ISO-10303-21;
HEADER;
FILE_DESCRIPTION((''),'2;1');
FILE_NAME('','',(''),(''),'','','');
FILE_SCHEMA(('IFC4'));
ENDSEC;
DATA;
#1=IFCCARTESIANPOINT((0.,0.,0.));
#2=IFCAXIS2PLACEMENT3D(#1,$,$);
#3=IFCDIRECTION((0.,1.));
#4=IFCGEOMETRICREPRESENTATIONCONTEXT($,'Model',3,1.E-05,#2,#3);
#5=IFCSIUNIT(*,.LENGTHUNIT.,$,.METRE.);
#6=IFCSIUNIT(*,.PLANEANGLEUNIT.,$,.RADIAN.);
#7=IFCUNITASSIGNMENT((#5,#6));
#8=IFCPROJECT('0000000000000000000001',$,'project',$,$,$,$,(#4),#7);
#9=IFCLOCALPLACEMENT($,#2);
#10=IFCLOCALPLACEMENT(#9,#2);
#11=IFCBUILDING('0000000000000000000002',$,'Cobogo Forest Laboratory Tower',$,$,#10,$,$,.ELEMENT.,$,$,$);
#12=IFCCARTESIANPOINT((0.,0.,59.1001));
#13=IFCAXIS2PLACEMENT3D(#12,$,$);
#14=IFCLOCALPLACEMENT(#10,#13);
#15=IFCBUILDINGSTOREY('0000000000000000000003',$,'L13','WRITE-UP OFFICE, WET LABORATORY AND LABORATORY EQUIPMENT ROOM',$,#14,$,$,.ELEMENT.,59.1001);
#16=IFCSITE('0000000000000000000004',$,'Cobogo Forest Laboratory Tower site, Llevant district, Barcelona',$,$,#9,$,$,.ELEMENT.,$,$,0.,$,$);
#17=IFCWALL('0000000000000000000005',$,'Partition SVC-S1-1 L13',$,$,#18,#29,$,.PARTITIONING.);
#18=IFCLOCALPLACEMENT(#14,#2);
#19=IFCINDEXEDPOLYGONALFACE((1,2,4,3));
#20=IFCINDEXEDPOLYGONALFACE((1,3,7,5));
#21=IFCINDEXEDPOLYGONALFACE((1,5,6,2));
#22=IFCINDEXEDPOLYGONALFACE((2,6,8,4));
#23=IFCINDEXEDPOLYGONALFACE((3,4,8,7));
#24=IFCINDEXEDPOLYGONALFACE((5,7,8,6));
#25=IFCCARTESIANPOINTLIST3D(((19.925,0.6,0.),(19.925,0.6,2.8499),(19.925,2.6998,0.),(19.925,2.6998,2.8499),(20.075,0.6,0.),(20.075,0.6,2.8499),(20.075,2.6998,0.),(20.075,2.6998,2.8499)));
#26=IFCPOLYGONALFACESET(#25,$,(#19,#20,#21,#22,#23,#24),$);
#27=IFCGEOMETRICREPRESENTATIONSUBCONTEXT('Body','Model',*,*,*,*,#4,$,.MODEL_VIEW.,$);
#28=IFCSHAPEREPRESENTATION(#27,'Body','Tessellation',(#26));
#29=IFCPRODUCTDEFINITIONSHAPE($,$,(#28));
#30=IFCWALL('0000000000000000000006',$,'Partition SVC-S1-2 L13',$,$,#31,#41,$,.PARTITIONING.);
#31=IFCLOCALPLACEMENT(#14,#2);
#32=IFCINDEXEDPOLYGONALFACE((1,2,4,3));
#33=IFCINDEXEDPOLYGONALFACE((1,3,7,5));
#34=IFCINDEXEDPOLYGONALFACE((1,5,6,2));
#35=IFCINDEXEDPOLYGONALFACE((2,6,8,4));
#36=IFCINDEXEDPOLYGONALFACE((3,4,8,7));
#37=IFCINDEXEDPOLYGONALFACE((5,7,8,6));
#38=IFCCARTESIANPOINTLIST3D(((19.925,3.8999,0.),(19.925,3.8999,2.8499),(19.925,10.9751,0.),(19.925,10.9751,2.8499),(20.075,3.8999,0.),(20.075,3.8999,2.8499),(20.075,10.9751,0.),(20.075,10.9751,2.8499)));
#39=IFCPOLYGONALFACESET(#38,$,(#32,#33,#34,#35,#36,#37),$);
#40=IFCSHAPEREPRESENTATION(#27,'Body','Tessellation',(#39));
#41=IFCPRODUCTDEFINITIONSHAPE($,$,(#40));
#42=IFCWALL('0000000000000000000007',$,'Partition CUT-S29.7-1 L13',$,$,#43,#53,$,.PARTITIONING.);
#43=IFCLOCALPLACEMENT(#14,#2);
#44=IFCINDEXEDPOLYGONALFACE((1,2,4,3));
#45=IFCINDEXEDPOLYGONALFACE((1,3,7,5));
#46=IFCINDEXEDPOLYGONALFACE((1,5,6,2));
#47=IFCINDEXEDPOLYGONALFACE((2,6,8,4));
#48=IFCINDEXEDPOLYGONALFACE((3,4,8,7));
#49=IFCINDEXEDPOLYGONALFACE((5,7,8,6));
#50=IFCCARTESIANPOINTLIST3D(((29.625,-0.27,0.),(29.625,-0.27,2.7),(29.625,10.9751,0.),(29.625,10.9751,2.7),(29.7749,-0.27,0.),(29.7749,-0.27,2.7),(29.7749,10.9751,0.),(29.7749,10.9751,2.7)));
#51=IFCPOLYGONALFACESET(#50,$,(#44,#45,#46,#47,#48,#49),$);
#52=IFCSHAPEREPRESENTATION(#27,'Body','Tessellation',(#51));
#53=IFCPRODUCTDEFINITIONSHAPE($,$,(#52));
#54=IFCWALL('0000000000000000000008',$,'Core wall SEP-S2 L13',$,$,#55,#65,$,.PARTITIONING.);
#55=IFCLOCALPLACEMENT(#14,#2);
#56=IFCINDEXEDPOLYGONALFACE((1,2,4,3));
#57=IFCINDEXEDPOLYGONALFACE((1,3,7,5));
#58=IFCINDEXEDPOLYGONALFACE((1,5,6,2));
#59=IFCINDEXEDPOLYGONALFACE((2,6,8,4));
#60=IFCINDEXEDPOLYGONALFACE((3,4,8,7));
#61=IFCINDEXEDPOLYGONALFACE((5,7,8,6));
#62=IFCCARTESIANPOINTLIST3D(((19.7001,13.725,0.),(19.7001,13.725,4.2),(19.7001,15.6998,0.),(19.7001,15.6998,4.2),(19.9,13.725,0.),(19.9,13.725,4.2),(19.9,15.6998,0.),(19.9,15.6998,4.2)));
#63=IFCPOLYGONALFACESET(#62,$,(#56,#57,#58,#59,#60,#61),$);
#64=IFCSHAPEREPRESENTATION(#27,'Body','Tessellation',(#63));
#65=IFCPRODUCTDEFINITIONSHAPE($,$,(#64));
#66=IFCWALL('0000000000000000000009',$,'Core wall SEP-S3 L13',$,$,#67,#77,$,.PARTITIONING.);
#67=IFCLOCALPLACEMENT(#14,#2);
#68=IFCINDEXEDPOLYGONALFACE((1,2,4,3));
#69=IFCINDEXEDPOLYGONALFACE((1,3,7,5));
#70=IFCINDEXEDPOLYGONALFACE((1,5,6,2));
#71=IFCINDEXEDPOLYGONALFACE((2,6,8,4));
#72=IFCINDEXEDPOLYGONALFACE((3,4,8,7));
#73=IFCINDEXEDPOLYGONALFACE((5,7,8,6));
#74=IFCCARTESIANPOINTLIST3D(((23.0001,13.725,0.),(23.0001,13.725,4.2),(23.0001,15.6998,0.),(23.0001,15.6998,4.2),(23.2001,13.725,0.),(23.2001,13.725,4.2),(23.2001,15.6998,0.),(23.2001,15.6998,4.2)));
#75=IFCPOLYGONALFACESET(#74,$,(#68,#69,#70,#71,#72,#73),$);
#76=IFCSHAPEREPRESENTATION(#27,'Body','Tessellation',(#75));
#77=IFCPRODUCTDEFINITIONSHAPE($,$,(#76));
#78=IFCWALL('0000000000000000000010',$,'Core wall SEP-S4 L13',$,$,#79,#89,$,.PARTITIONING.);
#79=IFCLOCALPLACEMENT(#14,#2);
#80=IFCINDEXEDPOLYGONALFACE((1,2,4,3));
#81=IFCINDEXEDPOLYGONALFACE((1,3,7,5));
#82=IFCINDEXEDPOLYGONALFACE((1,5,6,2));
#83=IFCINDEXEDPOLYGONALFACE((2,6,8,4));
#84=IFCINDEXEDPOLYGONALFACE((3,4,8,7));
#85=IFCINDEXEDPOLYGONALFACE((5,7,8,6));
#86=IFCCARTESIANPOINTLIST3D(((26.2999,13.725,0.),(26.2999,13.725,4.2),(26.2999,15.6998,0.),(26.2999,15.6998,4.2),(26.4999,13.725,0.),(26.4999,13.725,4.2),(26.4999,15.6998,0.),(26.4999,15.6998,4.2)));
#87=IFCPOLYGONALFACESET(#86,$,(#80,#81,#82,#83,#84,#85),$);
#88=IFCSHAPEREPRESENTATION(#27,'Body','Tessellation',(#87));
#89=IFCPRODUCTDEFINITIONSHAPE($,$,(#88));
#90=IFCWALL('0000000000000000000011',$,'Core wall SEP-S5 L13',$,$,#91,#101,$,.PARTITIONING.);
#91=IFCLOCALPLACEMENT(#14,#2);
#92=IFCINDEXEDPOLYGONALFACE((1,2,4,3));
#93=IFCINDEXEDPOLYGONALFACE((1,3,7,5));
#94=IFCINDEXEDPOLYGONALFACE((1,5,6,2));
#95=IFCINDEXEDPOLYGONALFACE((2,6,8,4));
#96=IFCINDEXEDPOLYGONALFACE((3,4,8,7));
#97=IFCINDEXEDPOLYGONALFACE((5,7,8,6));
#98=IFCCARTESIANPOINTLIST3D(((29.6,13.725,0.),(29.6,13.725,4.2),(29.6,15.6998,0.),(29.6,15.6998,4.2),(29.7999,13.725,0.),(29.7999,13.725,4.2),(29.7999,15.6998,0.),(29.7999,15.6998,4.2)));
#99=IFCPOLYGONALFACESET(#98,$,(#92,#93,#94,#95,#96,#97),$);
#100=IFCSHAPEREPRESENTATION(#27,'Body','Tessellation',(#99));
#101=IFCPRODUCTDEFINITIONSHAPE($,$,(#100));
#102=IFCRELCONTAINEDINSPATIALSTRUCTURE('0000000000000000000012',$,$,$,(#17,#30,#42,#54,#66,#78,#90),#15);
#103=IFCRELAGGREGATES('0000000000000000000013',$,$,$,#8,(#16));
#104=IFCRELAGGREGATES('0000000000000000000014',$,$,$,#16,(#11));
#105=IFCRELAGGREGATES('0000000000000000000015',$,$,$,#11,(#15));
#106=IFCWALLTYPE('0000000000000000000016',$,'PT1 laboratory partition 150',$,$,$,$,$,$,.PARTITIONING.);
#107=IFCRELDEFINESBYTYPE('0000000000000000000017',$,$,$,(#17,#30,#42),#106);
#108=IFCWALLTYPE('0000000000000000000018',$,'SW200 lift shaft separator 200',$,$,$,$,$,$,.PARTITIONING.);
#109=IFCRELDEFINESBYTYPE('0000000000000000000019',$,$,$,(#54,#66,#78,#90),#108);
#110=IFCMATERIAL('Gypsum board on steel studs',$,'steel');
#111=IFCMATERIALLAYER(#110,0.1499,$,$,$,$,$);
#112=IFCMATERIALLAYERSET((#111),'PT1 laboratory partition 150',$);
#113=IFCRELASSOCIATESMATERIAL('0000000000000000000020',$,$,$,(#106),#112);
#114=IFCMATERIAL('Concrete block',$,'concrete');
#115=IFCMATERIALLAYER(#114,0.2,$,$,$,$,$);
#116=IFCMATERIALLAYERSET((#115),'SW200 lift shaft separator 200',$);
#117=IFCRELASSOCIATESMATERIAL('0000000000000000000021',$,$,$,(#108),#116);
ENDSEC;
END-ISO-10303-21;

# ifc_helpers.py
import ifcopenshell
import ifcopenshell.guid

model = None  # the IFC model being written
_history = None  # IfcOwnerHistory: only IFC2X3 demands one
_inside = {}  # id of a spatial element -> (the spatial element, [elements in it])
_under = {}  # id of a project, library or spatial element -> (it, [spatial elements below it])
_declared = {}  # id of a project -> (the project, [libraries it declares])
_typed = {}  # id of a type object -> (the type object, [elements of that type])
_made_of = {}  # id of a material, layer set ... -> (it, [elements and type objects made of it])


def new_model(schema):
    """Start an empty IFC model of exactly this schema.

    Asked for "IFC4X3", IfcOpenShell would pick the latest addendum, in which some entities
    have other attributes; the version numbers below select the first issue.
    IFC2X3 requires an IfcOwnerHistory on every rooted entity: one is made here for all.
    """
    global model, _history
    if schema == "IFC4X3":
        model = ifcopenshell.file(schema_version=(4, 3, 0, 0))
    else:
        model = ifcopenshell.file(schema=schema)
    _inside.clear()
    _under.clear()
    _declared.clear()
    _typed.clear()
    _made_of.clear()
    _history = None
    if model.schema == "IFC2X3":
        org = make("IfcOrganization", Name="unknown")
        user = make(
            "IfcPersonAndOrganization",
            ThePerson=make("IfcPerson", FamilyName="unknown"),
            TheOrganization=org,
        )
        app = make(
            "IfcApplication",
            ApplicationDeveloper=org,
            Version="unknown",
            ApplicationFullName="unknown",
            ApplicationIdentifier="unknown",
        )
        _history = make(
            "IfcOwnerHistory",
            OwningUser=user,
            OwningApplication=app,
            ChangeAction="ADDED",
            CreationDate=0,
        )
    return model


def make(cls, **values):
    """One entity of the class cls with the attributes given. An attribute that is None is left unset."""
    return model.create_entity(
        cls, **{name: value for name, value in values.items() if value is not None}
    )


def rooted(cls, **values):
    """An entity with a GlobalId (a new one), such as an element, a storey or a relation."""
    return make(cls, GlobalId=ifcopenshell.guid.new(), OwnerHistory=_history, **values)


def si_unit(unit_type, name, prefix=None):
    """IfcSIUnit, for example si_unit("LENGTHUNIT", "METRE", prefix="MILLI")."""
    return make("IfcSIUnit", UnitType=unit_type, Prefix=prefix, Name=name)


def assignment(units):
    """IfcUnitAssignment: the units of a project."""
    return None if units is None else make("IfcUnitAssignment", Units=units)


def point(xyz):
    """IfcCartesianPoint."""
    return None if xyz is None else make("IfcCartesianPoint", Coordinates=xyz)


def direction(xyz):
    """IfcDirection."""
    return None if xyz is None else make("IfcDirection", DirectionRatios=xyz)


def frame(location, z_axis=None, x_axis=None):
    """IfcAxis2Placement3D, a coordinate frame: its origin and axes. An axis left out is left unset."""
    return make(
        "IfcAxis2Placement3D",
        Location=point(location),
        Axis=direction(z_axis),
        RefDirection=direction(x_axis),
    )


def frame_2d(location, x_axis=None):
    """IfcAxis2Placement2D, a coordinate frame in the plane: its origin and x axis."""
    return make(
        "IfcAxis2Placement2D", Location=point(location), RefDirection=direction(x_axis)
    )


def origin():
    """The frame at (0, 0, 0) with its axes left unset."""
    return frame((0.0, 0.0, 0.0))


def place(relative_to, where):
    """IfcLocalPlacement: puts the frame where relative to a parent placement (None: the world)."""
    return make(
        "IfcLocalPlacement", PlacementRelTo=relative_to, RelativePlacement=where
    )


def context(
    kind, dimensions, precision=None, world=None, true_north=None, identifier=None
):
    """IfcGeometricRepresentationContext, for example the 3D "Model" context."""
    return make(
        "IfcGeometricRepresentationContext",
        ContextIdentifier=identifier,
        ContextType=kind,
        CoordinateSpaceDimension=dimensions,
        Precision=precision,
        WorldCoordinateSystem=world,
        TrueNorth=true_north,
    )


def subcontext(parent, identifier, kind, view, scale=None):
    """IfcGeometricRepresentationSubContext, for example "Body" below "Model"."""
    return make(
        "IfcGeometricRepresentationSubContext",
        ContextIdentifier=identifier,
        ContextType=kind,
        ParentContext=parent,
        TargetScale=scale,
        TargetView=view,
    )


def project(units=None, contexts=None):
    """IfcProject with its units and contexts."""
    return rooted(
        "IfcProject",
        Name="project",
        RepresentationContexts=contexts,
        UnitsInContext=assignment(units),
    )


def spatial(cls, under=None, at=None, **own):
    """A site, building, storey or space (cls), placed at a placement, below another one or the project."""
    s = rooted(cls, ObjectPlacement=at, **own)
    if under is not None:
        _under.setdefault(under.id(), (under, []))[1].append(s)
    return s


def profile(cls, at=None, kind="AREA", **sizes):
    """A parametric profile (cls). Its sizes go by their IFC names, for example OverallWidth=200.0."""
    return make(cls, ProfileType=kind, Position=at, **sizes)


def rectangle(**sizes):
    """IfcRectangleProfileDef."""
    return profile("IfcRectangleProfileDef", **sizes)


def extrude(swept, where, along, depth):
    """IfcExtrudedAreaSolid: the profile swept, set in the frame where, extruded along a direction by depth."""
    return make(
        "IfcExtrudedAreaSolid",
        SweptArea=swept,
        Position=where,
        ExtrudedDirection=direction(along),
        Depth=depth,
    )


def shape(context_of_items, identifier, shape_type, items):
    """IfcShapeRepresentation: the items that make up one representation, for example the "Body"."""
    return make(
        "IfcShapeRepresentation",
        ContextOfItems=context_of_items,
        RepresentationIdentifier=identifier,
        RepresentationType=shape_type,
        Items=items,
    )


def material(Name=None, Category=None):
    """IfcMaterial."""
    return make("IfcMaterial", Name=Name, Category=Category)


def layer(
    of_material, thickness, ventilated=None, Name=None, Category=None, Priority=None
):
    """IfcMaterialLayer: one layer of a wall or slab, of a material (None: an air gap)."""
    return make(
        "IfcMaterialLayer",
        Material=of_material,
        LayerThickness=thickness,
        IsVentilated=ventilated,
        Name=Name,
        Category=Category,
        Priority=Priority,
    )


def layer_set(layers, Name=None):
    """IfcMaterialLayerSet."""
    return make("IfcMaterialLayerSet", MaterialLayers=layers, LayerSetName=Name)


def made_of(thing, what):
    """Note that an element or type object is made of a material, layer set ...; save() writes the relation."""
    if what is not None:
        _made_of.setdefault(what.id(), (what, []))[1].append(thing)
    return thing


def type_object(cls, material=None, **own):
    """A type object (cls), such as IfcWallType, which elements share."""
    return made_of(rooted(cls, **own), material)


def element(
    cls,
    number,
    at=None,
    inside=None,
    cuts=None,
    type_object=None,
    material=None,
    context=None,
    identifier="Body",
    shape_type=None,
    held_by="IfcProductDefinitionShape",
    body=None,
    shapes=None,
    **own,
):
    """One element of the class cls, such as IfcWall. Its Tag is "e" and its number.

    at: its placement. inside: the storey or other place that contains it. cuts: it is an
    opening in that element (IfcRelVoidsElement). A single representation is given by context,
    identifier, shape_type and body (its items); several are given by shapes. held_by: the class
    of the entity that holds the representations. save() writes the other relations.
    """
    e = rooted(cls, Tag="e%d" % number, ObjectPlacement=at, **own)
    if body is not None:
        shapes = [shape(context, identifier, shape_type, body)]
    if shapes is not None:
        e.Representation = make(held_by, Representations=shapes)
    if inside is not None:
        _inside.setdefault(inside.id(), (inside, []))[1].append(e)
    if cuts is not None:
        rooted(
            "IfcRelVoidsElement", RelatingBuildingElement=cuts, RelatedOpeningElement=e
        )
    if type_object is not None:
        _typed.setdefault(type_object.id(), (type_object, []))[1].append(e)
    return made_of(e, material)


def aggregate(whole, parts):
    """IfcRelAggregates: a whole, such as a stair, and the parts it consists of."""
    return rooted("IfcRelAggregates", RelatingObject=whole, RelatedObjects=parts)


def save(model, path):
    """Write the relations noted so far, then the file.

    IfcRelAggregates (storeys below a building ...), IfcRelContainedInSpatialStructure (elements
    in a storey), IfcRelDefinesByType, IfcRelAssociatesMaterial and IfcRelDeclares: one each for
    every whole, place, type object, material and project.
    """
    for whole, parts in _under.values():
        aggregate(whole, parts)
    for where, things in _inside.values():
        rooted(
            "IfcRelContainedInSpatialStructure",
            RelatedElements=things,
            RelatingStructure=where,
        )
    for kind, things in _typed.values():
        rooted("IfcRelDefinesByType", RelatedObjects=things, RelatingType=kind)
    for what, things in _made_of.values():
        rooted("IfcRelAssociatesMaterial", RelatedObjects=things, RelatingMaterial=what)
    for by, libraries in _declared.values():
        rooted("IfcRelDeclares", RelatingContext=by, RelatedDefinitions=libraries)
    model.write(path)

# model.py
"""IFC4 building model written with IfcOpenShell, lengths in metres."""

from ifc_helpers import new_model, si_unit, direction, frame, frame_2d, origin, place, context, subcontext, project, spatial, rectangle, extrude, material, layer, layer_set, type_object, element, save


model = new_model("IFC4")

# Units and contexts
model_context = context("Model", 3, precision=1e-05, world=origin(), true_north=direction((0.0, 1.0)))
body_context = subcontext(model_context, "Body", "Model", "MODEL_VIEW")
ifc_project = project(units=[si_unit("LENGTHUNIT", "METRE"), si_unit("PLANEANGLEUNIT", "RADIAN")], contexts=[model_context])

# Site, building, storey
site_placement = place(None, origin())
site = spatial("IfcSite", under=ifc_project, at=site_placement, Name="Cobogo Forest Laboratory Tower site, Llevant district, Barcelona", CompositionType="ELEMENT", RefElevation=0.0)
building_placement = place(site_placement, origin())
building = spatial("IfcBuilding", under=site, at=building_placement, Name="Cobogo Forest Laboratory Tower", CompositionType="ELEMENT")
storey_placement = place(building_placement, frame((0.0, 0.0, 59.1001)))
storey = spatial("IfcBuildingStorey", under=building, at=storey_placement, Name="L13", Description="WRITE-UP OFFICE, WET LABORATORY AND LABORATORY EQUIPMENT ROOM", CompositionType="ELEMENT", Elevation=59.1001)

# Shared definitions
ifc_material_1 = material(Name="Gypsum board on steel studs", Category="steel")
ifc_layer_1 = layer(ifc_material_1, 0.1499)
ifc_layer_set_1 = layer_set([ifc_layer_1], Name="PT1 laboratory partition 150")
wall_type_1 = type_object("IfcWallType", Name="PT1 laboratory partition 150", PredefinedType="PARTITIONING", material=ifc_layer_set_1)

# Walls
wall_1_placement = place(storey_placement, frame((20.0, 0.6001, 0.0), z_axis=(0.0, 0.0, 1.0), x_axis=(0.0, 1.0, 0.0)))
element("IfcWall", 1, at=wall_1_placement, inside=storey, type_object=wall_type_1, Name="Partition SVC-S1-1 L13", PredefinedType="PARTITIONING", context=body_context, shape_type="SweptSolid", body=[
    extrude(rectangle(XDim=2.0999, YDim=0.1499, at=frame_2d((1.0498, 0.0))), origin(), (0.0, 0.0, 1.0), 2.8499),
])
wall_2_placement = place(storey_placement, frame((20.0, 3.8999, 0.0), z_axis=(0.0, 0.0, 1.0), x_axis=(0.0, 1.0, 0.0)))
element("IfcWall", 2, at=wall_2_placement, inside=storey, type_object=wall_type_1, Name="Partition SVC-S1-2 L13", PredefinedType="PARTITIONING", context=body_context, shape_type="SweptSolid", body=[
    extrude(rectangle(XDim=7.0752, YDim=0.1499, at=frame_2d((3.5376, 0.0))), origin(), (0.0, 0.0, 1.0), 2.8499),
])
wall_3_placement = place(storey_placement, frame((29.7, -0.27, 0.0), z_axis=(0.0, 0.0, 1.0), x_axis=(0.0, 1.0, 0.0)))
element("IfcWall", 3, at=wall_3_placement, inside=storey, type_object=wall_type_1, Name="Partition CUT-S29.7-1 L13", PredefinedType="PARTITIONING", context=body_context, shape_type="SweptSolid", body=[
    extrude(rectangle(XDim=11.2451, YDim=0.1499, at=frame_2d((5.6226, 0.0))), origin(), (0.0, 0.0, 1.0), 2.7),
])
ifc_material_2 = material(Name="Concrete block", Category="concrete")
ifc_layer_2 = layer(ifc_material_2, 0.2)
ifc_layer_set_2 = layer_set([ifc_layer_2], Name="SW200 lift shaft separator 200")
wall_type_2 = type_object("IfcWallType", Name="SW200 lift shaft separator 200", PredefinedType="PARTITIONING", material=ifc_layer_set_2)
for number, where, z_axis, x_axis, name in (
    (4, (19.8, 13.7251, 0.0), (0.0, 0.0, 1.0), (0.0, 1.0, 0.0), "Core wall SEP-S2 L13"),
    (5, (23.1001, 13.7251, 0.0), (0.0, 0.0, 1.0), (0.0, 1.0, 0.0), "Core wall SEP-S3 L13"),
    (6, (26.3999, 13.7251, 0.0), (0.0, 0.0, 1.0), (0.0, 1.0, 0.0), "Core wall SEP-S4 L13"),
    (7, (29.7, 13.7251, 0.0), (0.0, 0.0, 1.0), (0.0, 1.0, 0.0), "Core wall SEP-S5 L13"),
):
    element("IfcWall", number, at=place(storey_placement, frame(where, z_axis=z_axis, x_axis=x_axis)), inside=storey, type_object=wall_type_2, Name=name, PredefinedType="PARTITIONING", context=body_context, shape_type="SweptSolid", body=[
        extrude(rectangle(XDim=1.9749, YDim=0.2, at=frame_2d((0.9873, 0.0))), origin(), (0.0, 0.0, 1.0), 4.2),
    ])

save(model, "model.ifc")
